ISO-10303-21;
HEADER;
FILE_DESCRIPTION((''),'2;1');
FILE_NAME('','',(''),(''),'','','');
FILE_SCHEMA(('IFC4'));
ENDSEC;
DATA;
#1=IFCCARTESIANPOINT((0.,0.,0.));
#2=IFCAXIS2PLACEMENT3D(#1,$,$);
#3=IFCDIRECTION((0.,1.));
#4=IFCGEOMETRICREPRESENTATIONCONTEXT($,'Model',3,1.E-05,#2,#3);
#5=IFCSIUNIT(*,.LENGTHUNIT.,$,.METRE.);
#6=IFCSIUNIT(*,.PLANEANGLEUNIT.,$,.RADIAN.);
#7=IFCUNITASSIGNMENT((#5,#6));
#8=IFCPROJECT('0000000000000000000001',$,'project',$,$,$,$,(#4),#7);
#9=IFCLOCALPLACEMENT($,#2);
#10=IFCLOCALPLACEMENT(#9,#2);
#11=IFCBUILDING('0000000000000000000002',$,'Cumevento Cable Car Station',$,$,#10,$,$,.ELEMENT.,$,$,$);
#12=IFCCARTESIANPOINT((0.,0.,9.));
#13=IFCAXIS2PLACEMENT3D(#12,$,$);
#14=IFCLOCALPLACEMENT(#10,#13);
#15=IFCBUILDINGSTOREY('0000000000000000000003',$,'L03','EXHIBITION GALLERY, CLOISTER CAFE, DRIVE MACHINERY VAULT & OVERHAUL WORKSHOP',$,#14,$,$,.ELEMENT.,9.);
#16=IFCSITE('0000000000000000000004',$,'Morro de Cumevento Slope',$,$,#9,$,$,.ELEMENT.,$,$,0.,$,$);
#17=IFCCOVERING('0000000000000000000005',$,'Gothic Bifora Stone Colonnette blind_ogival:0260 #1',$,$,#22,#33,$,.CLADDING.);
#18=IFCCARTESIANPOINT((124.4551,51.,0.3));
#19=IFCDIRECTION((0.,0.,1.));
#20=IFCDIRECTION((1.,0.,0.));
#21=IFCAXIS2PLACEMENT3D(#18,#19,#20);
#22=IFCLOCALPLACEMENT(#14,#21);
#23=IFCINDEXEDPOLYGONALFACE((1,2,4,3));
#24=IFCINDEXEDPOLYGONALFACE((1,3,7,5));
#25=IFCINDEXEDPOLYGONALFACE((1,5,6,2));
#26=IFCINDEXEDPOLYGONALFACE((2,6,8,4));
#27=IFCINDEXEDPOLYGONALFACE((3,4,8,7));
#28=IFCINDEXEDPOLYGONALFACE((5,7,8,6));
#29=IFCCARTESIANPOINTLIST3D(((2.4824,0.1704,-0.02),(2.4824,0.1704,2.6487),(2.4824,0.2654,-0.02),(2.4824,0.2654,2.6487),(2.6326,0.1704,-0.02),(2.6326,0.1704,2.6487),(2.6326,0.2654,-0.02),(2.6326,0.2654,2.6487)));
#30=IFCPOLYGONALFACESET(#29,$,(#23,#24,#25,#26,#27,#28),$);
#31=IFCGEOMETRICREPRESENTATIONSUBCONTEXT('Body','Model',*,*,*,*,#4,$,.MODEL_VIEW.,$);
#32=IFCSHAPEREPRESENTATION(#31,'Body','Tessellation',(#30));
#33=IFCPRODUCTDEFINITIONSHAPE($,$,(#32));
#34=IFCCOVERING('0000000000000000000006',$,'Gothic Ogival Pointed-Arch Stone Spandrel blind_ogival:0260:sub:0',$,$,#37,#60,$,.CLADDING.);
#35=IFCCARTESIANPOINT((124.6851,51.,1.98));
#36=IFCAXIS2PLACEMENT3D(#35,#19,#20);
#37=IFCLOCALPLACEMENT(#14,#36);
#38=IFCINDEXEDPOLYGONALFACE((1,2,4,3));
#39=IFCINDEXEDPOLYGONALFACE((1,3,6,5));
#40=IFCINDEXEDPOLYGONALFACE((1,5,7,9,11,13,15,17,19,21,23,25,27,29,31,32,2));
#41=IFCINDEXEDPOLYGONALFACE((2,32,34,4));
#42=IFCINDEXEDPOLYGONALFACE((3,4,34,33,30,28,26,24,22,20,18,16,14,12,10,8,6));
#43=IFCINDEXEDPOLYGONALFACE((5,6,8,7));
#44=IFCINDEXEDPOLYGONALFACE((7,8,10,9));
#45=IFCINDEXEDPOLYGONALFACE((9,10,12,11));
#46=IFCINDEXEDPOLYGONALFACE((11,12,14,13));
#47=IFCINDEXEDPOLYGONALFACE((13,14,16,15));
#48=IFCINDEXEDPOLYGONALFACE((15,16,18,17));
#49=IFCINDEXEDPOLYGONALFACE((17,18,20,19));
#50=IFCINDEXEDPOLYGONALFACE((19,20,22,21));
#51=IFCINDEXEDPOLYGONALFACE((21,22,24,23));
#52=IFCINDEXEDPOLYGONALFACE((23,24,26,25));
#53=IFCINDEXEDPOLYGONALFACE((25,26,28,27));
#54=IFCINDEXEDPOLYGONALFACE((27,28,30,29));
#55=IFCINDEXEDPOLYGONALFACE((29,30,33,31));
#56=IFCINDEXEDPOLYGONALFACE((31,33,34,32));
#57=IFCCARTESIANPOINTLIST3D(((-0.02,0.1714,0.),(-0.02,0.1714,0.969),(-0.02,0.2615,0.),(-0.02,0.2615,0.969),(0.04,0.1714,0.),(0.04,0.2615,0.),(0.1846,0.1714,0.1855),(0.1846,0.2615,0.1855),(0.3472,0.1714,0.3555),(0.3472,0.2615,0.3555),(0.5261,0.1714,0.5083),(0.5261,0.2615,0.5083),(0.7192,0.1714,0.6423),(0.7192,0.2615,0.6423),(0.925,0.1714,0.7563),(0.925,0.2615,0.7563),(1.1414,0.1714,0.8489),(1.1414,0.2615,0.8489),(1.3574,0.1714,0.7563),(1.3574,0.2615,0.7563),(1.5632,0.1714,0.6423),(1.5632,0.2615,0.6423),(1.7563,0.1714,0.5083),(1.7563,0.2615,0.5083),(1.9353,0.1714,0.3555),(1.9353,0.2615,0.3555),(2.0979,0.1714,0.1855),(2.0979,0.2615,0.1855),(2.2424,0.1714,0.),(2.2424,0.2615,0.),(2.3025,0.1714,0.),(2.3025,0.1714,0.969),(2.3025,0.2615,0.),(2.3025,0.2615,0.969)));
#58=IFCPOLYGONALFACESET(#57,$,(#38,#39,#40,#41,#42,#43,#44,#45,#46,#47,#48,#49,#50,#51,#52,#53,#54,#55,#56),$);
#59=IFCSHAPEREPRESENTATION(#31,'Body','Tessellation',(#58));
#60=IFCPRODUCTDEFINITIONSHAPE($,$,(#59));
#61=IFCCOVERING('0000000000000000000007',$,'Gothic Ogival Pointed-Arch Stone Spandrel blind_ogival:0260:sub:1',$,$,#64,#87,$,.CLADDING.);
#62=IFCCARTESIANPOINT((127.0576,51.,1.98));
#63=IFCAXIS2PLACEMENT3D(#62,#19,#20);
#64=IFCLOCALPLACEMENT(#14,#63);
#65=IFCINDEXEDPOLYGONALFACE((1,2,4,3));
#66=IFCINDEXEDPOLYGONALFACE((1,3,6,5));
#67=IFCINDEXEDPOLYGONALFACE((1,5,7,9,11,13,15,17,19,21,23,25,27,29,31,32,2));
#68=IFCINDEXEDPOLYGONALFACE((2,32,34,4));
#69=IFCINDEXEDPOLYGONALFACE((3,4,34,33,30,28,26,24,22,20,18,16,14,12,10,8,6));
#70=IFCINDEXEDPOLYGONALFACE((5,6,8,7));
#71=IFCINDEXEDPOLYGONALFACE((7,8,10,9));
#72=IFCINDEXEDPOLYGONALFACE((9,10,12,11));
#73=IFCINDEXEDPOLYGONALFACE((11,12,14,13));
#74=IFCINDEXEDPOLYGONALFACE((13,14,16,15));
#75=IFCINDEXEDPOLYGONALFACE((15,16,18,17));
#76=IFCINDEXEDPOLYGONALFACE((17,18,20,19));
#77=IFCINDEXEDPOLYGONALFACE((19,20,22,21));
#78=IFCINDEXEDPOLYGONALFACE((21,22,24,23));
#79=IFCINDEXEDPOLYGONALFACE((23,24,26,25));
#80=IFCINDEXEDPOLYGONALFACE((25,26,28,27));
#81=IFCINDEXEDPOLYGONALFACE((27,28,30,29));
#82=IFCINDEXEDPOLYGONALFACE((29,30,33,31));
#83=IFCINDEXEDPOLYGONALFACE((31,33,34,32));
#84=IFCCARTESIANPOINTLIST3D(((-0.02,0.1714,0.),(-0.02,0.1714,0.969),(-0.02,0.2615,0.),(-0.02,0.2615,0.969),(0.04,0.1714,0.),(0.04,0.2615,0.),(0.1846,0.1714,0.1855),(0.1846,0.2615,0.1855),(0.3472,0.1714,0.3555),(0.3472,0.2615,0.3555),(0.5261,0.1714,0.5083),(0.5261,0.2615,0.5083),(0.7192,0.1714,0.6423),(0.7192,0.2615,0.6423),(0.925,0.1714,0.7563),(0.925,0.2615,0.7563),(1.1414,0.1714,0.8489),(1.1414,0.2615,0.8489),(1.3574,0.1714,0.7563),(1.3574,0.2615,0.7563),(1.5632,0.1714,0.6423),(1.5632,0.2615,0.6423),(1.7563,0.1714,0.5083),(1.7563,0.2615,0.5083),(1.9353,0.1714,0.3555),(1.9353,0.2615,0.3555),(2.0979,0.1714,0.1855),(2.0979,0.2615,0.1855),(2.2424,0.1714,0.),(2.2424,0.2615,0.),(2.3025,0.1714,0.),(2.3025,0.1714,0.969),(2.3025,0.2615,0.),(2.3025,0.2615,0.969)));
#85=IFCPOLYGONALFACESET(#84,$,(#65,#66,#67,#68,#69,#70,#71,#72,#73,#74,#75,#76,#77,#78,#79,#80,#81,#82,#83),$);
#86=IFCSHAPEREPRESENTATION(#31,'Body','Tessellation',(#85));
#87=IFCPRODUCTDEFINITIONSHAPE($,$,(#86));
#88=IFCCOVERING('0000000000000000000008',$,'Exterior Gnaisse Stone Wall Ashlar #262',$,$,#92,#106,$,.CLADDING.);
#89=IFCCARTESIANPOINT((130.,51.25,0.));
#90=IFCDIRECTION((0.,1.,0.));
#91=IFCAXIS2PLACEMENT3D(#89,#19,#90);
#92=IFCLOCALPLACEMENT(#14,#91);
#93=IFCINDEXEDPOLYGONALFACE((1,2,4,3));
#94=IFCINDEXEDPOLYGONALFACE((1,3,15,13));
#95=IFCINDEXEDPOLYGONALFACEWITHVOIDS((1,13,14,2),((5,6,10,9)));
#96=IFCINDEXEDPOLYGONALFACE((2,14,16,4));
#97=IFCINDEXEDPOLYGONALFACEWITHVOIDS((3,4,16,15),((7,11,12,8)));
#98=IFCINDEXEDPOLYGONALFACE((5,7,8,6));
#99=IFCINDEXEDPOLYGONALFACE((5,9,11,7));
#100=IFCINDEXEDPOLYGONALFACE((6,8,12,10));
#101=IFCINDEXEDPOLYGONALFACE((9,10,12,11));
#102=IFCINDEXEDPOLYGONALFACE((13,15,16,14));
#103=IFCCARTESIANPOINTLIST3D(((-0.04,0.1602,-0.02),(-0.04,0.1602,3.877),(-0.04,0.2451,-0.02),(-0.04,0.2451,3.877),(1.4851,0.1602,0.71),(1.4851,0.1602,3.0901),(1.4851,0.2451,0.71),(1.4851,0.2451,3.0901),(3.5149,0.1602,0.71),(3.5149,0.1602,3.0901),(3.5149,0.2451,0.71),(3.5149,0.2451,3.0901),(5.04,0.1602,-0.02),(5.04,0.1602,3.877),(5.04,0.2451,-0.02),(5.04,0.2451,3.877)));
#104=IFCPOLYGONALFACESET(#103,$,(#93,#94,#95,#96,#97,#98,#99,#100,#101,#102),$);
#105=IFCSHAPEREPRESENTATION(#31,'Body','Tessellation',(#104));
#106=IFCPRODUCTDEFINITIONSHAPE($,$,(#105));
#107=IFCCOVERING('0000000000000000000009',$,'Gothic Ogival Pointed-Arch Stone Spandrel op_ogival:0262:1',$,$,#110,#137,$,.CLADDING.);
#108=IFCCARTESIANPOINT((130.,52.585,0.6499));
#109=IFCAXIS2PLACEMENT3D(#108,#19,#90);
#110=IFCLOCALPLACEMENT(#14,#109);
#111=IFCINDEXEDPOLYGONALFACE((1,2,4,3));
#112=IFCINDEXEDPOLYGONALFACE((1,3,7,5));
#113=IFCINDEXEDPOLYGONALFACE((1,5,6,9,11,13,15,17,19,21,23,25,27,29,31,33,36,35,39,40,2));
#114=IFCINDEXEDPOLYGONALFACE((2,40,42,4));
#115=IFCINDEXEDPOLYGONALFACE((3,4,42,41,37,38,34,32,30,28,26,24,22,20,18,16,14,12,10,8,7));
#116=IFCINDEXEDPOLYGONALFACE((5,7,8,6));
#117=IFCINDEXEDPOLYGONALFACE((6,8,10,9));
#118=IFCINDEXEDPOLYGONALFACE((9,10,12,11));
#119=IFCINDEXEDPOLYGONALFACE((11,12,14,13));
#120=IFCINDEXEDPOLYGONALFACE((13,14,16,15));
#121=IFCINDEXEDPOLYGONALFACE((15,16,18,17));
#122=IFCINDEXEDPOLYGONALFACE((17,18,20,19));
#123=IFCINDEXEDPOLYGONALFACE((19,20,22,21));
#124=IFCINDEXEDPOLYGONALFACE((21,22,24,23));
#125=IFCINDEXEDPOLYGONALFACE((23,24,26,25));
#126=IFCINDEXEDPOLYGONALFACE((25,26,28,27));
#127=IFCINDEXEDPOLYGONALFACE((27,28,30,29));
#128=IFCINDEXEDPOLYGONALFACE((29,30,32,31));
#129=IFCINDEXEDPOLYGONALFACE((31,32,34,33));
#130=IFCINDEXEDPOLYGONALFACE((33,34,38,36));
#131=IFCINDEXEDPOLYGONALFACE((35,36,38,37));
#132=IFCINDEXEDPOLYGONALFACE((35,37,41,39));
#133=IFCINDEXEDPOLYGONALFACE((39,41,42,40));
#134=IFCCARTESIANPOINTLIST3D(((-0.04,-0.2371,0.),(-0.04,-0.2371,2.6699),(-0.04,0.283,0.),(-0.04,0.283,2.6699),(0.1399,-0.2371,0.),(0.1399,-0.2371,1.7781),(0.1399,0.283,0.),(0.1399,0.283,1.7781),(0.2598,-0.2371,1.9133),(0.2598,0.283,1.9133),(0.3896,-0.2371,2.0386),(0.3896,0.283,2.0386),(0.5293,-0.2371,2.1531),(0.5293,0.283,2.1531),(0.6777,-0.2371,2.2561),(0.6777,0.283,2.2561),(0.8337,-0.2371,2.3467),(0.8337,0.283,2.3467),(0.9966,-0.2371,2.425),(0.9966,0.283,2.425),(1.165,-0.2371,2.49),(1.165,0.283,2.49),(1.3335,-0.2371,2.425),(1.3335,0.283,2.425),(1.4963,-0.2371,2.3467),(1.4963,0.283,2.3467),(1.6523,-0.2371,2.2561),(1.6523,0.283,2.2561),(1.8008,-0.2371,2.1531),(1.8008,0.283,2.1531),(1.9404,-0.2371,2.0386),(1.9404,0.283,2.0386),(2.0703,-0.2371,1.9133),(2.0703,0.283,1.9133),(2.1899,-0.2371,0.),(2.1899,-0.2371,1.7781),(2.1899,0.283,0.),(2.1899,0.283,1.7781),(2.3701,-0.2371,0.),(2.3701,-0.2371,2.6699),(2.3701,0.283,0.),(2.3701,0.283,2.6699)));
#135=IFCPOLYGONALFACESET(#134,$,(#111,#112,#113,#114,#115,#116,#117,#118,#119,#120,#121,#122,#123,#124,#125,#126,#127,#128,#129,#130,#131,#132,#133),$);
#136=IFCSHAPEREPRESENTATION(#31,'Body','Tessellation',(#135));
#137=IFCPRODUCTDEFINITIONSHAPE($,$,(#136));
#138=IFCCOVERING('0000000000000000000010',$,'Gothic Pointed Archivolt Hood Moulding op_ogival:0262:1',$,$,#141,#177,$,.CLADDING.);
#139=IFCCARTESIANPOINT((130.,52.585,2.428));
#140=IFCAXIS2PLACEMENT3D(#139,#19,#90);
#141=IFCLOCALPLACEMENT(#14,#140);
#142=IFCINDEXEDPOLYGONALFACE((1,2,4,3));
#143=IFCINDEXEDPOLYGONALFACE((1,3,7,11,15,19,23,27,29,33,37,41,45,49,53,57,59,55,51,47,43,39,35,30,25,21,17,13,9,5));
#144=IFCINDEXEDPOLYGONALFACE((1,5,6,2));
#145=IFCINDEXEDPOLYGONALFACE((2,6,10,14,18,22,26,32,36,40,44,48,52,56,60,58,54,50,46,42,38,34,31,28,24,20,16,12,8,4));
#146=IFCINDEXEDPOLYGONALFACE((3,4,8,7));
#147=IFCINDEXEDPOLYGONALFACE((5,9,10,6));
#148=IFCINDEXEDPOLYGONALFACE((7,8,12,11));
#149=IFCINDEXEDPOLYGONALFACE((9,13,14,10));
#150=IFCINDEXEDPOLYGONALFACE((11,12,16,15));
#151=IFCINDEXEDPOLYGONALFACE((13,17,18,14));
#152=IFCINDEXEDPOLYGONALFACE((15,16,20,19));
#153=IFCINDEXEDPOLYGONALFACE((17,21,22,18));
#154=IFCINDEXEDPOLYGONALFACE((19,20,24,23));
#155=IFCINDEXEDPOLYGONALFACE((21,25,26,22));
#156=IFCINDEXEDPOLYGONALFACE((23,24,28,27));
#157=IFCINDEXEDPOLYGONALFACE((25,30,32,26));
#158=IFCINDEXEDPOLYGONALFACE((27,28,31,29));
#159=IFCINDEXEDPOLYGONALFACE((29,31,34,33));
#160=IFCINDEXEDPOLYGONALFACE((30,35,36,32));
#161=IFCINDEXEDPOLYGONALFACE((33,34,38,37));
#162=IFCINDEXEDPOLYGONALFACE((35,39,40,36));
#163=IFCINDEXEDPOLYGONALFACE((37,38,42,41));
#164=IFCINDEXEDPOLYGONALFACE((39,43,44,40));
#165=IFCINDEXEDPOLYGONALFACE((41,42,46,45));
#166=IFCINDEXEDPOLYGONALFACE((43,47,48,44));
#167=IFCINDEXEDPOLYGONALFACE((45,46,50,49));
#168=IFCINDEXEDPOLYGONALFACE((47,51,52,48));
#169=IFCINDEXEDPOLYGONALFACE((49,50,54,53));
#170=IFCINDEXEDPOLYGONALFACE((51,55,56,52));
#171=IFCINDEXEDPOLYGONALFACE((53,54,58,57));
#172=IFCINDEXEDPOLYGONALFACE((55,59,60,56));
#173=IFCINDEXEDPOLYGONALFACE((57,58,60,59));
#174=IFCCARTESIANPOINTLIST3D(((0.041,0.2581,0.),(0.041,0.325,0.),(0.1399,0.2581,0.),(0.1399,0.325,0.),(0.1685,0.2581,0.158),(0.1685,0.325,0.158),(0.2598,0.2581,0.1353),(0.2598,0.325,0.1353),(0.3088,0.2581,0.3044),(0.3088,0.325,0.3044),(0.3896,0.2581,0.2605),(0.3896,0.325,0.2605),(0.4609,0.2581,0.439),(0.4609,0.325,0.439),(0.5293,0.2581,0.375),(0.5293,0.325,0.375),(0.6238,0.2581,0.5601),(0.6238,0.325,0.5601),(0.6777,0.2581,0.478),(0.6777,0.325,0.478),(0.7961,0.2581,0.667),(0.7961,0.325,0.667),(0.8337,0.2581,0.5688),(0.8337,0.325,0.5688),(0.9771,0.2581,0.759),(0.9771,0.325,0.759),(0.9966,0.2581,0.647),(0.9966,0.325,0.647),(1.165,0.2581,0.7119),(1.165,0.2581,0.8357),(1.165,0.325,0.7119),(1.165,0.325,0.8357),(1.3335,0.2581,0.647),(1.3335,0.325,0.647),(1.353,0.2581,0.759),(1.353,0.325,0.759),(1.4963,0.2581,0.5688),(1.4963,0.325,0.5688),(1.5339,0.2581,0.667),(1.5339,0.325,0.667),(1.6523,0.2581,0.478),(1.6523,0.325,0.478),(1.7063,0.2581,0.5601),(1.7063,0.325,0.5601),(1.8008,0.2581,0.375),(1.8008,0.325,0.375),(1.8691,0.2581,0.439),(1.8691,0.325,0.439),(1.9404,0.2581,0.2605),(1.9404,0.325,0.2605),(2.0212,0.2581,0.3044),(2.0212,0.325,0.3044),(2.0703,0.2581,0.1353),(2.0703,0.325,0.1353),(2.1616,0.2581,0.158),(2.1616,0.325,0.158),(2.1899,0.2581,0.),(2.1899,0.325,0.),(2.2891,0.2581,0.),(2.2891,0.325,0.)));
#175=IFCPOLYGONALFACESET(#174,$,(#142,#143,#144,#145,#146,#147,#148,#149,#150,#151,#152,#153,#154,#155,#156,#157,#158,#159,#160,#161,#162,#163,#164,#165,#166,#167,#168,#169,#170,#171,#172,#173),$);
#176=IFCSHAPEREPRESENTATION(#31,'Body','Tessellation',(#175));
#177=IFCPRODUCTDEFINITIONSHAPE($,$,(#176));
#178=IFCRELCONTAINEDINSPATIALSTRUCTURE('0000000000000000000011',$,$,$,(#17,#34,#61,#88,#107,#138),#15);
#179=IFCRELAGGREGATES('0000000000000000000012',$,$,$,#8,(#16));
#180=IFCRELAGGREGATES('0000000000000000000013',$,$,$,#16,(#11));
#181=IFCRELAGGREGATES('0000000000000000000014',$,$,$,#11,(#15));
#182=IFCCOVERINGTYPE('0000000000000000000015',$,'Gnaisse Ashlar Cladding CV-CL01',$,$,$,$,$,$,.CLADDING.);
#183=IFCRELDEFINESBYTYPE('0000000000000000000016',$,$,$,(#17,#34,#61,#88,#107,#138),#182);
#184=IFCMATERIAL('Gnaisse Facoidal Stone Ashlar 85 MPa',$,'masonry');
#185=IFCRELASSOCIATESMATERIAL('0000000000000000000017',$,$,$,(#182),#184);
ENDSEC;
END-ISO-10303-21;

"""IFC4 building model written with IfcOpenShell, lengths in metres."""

from ifc_helpers import new_model, si_unit, direction, frame, origin, place, context, subcontext, project, spatial, polyline, outline, extrude, material, type_object, element, save


model = new_model("IFC4")

# Units and contexts
model_context = context("Model", 3, precision=1e-05, world=origin(), true_north=direction((0.0, 1.0)))
body_context = subcontext(model_context, "Body", "Model", "MODEL_VIEW")
ifc_project = project(units=[si_unit("LENGTHUNIT", "METRE"), si_unit("PLANEANGLEUNIT", "RADIAN")], contexts=[model_context])

# Site, building, storey
site_placement = place(None, origin())
site = spatial("IfcSite", under=ifc_project, at=site_placement, Name="Morro de Cumevento Slope", CompositionType="ELEMENT", RefElevation=0.0)
building_placement = place(site_placement, origin())
building = spatial("IfcBuilding", under=site, at=building_placement, Name="Cumevento Cable Car Station", CompositionType="ELEMENT")
storey_placement = place(building_placement, frame((0.0, 0.0, 9.0)))
storey = spatial("IfcBuildingStorey", under=building, at=storey_placement, Name="L03", Description="EXHIBITION GALLERY, CLOISTER CAFE, DRIVE MACHINERY VAULT & OVERHAUL WORKSHOP", CompositionType="ELEMENT", Elevation=9.0)

# Coverings
ifc_material_1 = material(Name="Gnaisse Facoidal Stone Ashlar 85 MPa", Category="masonry")
covering_type = type_object("IfcCoveringType", Name="Gnaisse Ashlar Cladding CV-CL01", PredefinedType="CLADDING", material=ifc_material_1)
covering_1_placement = place(storey_placement, frame((124.4551, 51.0, 0.3), z_axis=(0.0, 0.0, 1.0), x_axis=(1.0, 0.0, 0.0)))
element("IfcCovering", 1, at=covering_1_placement, inside=storey, type_object=covering_type, Name="Gothic Bifora Stone Colonnette blind_ogival:0260 #1", PredefinedType="CLADDING", context=body_context, shape_type="SweptSolid", body=[
    extrude(outline(polyline([(2.4824, -0.02), (2.6326, -0.02), (2.6326, 2.6487), (2.4824, 2.6487), (2.4824, -0.02)])), frame((0.0, 0.2654, 0.0), z_axis=(0.0, -1.0, 0.0), x_axis=(1.0, 0.0, 0.0)), (0.0, 0.0, 1.0), 0.095),
])
for number, where, z_axis, x_axis, name in (
    (2, (124.6851, 51.0, 1.98), (0.0, 0.0, 1.0), (1.0, 0.0, 0.0), "Gothic Ogival Pointed-Arch Stone Spandrel blind_ogival:0260:sub:0"),
    (3, (127.0576, 51.0, 1.98), (0.0, 0.0, 1.0), (1.0, 0.0, 0.0), "Gothic Ogival Pointed-Arch Stone Spandrel blind_ogival:0260:sub:1"),
):
    element("IfcCovering", number, at=place(storey_placement, frame(where, z_axis=z_axis, x_axis=x_axis)), inside=storey, type_object=covering_type, Name=name, PredefinedType="CLADDING", context=body_context, shape_type="SweptSolid", body=[
        extrude(outline(polyline([(-0.02, 0.0), (-0.02, 0.969), (2.3025, 0.969), (2.3025, 0.0), (2.2424, 0.0), (2.0979, 0.1855), (1.9353, 0.3555), (1.7563, 0.5083), (1.5632, 0.6423), (1.3574, 0.7563), (1.1414, 0.8489), (0.925, 0.7563), (0.7192, 0.6423), (0.5261, 0.5083), (0.3472, 0.3555), (0.1846, 0.1855), (0.04, 0.0), (-0.02, 0.0)])), frame((0.0, 0.2615, 0.0), z_axis=(0.0, -1.0, 0.0), x_axis=(1.0, 0.0, 0.0)), (0.0, 0.0, 1.0), 0.0901),
    ])
covering_2_placement = place(storey_placement, frame((130.0, 51.25, 0.0), z_axis=(0.0, 0.0, 1.0), x_axis=(0.0, 1.0, 0.0)))
element("IfcCovering", 4, at=covering_2_placement, inside=storey, type_object=covering_type, Name="Exterior Gnaisse Stone Wall Ashlar #262", PredefinedType="CLADDING", context=body_context, shape_type="SweptSolid", body=[
    extrude(outline(polyline([(-0.04, -0.02), (5.04, -0.02), (5.04, 3.877), (-0.04, 3.877), (-0.04, -0.02)]), holes=[polyline([(1.4851, 0.71), (3.5149, 0.71), (3.5149, 3.0901), (1.4851, 3.0901), (1.4851, 0.71)])]), frame((0.0, 0.2451, 0.0), z_axis=(0.0, -1.0, 0.0), x_axis=(1.0, 0.0, 0.0)), (0.0, 0.0, 1.0), 0.085),
])
covering_3_placement = place(storey_placement, frame((130.0, 52.585, 0.6499), z_axis=(0.0, 0.0, 1.0), x_axis=(0.0, 1.0, 0.0)))
element("IfcCovering", 5, at=covering_3_placement, inside=storey, type_object=covering_type, Name="Gothic Ogival Pointed-Arch Stone Spandrel op_ogival:0262:1", PredefinedType="CLADDING", context=body_context, shape_type="SweptSolid", body=[
    extrude(outline(polyline([(-0.04, 0.0), (-0.04, 2.6699), (2.3701, 2.6699), (2.3701, 0.0), (2.1899, 0.0), (2.1899, 1.7781), (2.0703, 1.9133), (1.9404, 2.0386), (1.8008, 2.1531), (1.6523, 2.2561), (1.4963, 2.3467), (1.3335, 2.425), (1.165, 2.49), (0.9966, 2.425), (0.8337, 2.3467), (0.6777, 2.2561), (0.5293, 2.1531), (0.3896, 2.0386), (0.2598, 1.9133), (0.1399, 1.7781), (0.1399, 0.0), (-0.04, 0.0)])), frame((0.0, 0.283, 0.0), z_axis=(0.0, -1.0, 0.0), x_axis=(1.0, 0.0, 0.0)), (0.0, 0.0, 1.0), 0.52),
])
covering_4_placement = place(storey_placement, frame((130.0, 52.585, 2.428), z_axis=(0.0, 0.0, 1.0), x_axis=(0.0, 1.0, 0.0)))
element("IfcCovering", 6, at=covering_4_placement, inside=storey, type_object=covering_type, Name="Gothic Pointed Archivolt Hood Moulding op_ogival:0262:1", PredefinedType="CLADDING", context=body_context, shape_type="SweptSolid", body=[
    extrude(outline(polyline([(0.1399, 0.0), (0.2598, 0.1353), (0.3896, 0.2605), (0.5293, 0.375), (0.6777, 0.478), (0.8337, 0.5688), (0.9966, 0.647), (1.165, 0.7119), (1.3335, 0.647), (1.4963, 0.5688), (1.6523, 0.478), (1.8008, 0.375), (1.9404, 0.2605), (2.0703, 0.1353), (2.1899, 0.0), (2.2891, 0.0), (2.1616, 0.158), (2.0212, 0.3044), (1.8691, 0.439), (1.7063, 0.5601), (1.5339, 0.667), (1.353, 0.759), (1.165, 0.8357), (0.9771, 0.759), (0.7961, 0.667), (0.6238, 0.5601), (0.4609, 0.439), (0.3088, 0.3044), (0.1685, 0.158), (0.041, 0.0), (0.1399, 0.0)])), frame((0.0, 0.325, 0.0), z_axis=(0.0, -1.0, 0.0), x_axis=(1.0, 0.0, 0.0)), (0.0, 0.0, 1.0), 0.0669),
])

save(model, "model.ifc")
